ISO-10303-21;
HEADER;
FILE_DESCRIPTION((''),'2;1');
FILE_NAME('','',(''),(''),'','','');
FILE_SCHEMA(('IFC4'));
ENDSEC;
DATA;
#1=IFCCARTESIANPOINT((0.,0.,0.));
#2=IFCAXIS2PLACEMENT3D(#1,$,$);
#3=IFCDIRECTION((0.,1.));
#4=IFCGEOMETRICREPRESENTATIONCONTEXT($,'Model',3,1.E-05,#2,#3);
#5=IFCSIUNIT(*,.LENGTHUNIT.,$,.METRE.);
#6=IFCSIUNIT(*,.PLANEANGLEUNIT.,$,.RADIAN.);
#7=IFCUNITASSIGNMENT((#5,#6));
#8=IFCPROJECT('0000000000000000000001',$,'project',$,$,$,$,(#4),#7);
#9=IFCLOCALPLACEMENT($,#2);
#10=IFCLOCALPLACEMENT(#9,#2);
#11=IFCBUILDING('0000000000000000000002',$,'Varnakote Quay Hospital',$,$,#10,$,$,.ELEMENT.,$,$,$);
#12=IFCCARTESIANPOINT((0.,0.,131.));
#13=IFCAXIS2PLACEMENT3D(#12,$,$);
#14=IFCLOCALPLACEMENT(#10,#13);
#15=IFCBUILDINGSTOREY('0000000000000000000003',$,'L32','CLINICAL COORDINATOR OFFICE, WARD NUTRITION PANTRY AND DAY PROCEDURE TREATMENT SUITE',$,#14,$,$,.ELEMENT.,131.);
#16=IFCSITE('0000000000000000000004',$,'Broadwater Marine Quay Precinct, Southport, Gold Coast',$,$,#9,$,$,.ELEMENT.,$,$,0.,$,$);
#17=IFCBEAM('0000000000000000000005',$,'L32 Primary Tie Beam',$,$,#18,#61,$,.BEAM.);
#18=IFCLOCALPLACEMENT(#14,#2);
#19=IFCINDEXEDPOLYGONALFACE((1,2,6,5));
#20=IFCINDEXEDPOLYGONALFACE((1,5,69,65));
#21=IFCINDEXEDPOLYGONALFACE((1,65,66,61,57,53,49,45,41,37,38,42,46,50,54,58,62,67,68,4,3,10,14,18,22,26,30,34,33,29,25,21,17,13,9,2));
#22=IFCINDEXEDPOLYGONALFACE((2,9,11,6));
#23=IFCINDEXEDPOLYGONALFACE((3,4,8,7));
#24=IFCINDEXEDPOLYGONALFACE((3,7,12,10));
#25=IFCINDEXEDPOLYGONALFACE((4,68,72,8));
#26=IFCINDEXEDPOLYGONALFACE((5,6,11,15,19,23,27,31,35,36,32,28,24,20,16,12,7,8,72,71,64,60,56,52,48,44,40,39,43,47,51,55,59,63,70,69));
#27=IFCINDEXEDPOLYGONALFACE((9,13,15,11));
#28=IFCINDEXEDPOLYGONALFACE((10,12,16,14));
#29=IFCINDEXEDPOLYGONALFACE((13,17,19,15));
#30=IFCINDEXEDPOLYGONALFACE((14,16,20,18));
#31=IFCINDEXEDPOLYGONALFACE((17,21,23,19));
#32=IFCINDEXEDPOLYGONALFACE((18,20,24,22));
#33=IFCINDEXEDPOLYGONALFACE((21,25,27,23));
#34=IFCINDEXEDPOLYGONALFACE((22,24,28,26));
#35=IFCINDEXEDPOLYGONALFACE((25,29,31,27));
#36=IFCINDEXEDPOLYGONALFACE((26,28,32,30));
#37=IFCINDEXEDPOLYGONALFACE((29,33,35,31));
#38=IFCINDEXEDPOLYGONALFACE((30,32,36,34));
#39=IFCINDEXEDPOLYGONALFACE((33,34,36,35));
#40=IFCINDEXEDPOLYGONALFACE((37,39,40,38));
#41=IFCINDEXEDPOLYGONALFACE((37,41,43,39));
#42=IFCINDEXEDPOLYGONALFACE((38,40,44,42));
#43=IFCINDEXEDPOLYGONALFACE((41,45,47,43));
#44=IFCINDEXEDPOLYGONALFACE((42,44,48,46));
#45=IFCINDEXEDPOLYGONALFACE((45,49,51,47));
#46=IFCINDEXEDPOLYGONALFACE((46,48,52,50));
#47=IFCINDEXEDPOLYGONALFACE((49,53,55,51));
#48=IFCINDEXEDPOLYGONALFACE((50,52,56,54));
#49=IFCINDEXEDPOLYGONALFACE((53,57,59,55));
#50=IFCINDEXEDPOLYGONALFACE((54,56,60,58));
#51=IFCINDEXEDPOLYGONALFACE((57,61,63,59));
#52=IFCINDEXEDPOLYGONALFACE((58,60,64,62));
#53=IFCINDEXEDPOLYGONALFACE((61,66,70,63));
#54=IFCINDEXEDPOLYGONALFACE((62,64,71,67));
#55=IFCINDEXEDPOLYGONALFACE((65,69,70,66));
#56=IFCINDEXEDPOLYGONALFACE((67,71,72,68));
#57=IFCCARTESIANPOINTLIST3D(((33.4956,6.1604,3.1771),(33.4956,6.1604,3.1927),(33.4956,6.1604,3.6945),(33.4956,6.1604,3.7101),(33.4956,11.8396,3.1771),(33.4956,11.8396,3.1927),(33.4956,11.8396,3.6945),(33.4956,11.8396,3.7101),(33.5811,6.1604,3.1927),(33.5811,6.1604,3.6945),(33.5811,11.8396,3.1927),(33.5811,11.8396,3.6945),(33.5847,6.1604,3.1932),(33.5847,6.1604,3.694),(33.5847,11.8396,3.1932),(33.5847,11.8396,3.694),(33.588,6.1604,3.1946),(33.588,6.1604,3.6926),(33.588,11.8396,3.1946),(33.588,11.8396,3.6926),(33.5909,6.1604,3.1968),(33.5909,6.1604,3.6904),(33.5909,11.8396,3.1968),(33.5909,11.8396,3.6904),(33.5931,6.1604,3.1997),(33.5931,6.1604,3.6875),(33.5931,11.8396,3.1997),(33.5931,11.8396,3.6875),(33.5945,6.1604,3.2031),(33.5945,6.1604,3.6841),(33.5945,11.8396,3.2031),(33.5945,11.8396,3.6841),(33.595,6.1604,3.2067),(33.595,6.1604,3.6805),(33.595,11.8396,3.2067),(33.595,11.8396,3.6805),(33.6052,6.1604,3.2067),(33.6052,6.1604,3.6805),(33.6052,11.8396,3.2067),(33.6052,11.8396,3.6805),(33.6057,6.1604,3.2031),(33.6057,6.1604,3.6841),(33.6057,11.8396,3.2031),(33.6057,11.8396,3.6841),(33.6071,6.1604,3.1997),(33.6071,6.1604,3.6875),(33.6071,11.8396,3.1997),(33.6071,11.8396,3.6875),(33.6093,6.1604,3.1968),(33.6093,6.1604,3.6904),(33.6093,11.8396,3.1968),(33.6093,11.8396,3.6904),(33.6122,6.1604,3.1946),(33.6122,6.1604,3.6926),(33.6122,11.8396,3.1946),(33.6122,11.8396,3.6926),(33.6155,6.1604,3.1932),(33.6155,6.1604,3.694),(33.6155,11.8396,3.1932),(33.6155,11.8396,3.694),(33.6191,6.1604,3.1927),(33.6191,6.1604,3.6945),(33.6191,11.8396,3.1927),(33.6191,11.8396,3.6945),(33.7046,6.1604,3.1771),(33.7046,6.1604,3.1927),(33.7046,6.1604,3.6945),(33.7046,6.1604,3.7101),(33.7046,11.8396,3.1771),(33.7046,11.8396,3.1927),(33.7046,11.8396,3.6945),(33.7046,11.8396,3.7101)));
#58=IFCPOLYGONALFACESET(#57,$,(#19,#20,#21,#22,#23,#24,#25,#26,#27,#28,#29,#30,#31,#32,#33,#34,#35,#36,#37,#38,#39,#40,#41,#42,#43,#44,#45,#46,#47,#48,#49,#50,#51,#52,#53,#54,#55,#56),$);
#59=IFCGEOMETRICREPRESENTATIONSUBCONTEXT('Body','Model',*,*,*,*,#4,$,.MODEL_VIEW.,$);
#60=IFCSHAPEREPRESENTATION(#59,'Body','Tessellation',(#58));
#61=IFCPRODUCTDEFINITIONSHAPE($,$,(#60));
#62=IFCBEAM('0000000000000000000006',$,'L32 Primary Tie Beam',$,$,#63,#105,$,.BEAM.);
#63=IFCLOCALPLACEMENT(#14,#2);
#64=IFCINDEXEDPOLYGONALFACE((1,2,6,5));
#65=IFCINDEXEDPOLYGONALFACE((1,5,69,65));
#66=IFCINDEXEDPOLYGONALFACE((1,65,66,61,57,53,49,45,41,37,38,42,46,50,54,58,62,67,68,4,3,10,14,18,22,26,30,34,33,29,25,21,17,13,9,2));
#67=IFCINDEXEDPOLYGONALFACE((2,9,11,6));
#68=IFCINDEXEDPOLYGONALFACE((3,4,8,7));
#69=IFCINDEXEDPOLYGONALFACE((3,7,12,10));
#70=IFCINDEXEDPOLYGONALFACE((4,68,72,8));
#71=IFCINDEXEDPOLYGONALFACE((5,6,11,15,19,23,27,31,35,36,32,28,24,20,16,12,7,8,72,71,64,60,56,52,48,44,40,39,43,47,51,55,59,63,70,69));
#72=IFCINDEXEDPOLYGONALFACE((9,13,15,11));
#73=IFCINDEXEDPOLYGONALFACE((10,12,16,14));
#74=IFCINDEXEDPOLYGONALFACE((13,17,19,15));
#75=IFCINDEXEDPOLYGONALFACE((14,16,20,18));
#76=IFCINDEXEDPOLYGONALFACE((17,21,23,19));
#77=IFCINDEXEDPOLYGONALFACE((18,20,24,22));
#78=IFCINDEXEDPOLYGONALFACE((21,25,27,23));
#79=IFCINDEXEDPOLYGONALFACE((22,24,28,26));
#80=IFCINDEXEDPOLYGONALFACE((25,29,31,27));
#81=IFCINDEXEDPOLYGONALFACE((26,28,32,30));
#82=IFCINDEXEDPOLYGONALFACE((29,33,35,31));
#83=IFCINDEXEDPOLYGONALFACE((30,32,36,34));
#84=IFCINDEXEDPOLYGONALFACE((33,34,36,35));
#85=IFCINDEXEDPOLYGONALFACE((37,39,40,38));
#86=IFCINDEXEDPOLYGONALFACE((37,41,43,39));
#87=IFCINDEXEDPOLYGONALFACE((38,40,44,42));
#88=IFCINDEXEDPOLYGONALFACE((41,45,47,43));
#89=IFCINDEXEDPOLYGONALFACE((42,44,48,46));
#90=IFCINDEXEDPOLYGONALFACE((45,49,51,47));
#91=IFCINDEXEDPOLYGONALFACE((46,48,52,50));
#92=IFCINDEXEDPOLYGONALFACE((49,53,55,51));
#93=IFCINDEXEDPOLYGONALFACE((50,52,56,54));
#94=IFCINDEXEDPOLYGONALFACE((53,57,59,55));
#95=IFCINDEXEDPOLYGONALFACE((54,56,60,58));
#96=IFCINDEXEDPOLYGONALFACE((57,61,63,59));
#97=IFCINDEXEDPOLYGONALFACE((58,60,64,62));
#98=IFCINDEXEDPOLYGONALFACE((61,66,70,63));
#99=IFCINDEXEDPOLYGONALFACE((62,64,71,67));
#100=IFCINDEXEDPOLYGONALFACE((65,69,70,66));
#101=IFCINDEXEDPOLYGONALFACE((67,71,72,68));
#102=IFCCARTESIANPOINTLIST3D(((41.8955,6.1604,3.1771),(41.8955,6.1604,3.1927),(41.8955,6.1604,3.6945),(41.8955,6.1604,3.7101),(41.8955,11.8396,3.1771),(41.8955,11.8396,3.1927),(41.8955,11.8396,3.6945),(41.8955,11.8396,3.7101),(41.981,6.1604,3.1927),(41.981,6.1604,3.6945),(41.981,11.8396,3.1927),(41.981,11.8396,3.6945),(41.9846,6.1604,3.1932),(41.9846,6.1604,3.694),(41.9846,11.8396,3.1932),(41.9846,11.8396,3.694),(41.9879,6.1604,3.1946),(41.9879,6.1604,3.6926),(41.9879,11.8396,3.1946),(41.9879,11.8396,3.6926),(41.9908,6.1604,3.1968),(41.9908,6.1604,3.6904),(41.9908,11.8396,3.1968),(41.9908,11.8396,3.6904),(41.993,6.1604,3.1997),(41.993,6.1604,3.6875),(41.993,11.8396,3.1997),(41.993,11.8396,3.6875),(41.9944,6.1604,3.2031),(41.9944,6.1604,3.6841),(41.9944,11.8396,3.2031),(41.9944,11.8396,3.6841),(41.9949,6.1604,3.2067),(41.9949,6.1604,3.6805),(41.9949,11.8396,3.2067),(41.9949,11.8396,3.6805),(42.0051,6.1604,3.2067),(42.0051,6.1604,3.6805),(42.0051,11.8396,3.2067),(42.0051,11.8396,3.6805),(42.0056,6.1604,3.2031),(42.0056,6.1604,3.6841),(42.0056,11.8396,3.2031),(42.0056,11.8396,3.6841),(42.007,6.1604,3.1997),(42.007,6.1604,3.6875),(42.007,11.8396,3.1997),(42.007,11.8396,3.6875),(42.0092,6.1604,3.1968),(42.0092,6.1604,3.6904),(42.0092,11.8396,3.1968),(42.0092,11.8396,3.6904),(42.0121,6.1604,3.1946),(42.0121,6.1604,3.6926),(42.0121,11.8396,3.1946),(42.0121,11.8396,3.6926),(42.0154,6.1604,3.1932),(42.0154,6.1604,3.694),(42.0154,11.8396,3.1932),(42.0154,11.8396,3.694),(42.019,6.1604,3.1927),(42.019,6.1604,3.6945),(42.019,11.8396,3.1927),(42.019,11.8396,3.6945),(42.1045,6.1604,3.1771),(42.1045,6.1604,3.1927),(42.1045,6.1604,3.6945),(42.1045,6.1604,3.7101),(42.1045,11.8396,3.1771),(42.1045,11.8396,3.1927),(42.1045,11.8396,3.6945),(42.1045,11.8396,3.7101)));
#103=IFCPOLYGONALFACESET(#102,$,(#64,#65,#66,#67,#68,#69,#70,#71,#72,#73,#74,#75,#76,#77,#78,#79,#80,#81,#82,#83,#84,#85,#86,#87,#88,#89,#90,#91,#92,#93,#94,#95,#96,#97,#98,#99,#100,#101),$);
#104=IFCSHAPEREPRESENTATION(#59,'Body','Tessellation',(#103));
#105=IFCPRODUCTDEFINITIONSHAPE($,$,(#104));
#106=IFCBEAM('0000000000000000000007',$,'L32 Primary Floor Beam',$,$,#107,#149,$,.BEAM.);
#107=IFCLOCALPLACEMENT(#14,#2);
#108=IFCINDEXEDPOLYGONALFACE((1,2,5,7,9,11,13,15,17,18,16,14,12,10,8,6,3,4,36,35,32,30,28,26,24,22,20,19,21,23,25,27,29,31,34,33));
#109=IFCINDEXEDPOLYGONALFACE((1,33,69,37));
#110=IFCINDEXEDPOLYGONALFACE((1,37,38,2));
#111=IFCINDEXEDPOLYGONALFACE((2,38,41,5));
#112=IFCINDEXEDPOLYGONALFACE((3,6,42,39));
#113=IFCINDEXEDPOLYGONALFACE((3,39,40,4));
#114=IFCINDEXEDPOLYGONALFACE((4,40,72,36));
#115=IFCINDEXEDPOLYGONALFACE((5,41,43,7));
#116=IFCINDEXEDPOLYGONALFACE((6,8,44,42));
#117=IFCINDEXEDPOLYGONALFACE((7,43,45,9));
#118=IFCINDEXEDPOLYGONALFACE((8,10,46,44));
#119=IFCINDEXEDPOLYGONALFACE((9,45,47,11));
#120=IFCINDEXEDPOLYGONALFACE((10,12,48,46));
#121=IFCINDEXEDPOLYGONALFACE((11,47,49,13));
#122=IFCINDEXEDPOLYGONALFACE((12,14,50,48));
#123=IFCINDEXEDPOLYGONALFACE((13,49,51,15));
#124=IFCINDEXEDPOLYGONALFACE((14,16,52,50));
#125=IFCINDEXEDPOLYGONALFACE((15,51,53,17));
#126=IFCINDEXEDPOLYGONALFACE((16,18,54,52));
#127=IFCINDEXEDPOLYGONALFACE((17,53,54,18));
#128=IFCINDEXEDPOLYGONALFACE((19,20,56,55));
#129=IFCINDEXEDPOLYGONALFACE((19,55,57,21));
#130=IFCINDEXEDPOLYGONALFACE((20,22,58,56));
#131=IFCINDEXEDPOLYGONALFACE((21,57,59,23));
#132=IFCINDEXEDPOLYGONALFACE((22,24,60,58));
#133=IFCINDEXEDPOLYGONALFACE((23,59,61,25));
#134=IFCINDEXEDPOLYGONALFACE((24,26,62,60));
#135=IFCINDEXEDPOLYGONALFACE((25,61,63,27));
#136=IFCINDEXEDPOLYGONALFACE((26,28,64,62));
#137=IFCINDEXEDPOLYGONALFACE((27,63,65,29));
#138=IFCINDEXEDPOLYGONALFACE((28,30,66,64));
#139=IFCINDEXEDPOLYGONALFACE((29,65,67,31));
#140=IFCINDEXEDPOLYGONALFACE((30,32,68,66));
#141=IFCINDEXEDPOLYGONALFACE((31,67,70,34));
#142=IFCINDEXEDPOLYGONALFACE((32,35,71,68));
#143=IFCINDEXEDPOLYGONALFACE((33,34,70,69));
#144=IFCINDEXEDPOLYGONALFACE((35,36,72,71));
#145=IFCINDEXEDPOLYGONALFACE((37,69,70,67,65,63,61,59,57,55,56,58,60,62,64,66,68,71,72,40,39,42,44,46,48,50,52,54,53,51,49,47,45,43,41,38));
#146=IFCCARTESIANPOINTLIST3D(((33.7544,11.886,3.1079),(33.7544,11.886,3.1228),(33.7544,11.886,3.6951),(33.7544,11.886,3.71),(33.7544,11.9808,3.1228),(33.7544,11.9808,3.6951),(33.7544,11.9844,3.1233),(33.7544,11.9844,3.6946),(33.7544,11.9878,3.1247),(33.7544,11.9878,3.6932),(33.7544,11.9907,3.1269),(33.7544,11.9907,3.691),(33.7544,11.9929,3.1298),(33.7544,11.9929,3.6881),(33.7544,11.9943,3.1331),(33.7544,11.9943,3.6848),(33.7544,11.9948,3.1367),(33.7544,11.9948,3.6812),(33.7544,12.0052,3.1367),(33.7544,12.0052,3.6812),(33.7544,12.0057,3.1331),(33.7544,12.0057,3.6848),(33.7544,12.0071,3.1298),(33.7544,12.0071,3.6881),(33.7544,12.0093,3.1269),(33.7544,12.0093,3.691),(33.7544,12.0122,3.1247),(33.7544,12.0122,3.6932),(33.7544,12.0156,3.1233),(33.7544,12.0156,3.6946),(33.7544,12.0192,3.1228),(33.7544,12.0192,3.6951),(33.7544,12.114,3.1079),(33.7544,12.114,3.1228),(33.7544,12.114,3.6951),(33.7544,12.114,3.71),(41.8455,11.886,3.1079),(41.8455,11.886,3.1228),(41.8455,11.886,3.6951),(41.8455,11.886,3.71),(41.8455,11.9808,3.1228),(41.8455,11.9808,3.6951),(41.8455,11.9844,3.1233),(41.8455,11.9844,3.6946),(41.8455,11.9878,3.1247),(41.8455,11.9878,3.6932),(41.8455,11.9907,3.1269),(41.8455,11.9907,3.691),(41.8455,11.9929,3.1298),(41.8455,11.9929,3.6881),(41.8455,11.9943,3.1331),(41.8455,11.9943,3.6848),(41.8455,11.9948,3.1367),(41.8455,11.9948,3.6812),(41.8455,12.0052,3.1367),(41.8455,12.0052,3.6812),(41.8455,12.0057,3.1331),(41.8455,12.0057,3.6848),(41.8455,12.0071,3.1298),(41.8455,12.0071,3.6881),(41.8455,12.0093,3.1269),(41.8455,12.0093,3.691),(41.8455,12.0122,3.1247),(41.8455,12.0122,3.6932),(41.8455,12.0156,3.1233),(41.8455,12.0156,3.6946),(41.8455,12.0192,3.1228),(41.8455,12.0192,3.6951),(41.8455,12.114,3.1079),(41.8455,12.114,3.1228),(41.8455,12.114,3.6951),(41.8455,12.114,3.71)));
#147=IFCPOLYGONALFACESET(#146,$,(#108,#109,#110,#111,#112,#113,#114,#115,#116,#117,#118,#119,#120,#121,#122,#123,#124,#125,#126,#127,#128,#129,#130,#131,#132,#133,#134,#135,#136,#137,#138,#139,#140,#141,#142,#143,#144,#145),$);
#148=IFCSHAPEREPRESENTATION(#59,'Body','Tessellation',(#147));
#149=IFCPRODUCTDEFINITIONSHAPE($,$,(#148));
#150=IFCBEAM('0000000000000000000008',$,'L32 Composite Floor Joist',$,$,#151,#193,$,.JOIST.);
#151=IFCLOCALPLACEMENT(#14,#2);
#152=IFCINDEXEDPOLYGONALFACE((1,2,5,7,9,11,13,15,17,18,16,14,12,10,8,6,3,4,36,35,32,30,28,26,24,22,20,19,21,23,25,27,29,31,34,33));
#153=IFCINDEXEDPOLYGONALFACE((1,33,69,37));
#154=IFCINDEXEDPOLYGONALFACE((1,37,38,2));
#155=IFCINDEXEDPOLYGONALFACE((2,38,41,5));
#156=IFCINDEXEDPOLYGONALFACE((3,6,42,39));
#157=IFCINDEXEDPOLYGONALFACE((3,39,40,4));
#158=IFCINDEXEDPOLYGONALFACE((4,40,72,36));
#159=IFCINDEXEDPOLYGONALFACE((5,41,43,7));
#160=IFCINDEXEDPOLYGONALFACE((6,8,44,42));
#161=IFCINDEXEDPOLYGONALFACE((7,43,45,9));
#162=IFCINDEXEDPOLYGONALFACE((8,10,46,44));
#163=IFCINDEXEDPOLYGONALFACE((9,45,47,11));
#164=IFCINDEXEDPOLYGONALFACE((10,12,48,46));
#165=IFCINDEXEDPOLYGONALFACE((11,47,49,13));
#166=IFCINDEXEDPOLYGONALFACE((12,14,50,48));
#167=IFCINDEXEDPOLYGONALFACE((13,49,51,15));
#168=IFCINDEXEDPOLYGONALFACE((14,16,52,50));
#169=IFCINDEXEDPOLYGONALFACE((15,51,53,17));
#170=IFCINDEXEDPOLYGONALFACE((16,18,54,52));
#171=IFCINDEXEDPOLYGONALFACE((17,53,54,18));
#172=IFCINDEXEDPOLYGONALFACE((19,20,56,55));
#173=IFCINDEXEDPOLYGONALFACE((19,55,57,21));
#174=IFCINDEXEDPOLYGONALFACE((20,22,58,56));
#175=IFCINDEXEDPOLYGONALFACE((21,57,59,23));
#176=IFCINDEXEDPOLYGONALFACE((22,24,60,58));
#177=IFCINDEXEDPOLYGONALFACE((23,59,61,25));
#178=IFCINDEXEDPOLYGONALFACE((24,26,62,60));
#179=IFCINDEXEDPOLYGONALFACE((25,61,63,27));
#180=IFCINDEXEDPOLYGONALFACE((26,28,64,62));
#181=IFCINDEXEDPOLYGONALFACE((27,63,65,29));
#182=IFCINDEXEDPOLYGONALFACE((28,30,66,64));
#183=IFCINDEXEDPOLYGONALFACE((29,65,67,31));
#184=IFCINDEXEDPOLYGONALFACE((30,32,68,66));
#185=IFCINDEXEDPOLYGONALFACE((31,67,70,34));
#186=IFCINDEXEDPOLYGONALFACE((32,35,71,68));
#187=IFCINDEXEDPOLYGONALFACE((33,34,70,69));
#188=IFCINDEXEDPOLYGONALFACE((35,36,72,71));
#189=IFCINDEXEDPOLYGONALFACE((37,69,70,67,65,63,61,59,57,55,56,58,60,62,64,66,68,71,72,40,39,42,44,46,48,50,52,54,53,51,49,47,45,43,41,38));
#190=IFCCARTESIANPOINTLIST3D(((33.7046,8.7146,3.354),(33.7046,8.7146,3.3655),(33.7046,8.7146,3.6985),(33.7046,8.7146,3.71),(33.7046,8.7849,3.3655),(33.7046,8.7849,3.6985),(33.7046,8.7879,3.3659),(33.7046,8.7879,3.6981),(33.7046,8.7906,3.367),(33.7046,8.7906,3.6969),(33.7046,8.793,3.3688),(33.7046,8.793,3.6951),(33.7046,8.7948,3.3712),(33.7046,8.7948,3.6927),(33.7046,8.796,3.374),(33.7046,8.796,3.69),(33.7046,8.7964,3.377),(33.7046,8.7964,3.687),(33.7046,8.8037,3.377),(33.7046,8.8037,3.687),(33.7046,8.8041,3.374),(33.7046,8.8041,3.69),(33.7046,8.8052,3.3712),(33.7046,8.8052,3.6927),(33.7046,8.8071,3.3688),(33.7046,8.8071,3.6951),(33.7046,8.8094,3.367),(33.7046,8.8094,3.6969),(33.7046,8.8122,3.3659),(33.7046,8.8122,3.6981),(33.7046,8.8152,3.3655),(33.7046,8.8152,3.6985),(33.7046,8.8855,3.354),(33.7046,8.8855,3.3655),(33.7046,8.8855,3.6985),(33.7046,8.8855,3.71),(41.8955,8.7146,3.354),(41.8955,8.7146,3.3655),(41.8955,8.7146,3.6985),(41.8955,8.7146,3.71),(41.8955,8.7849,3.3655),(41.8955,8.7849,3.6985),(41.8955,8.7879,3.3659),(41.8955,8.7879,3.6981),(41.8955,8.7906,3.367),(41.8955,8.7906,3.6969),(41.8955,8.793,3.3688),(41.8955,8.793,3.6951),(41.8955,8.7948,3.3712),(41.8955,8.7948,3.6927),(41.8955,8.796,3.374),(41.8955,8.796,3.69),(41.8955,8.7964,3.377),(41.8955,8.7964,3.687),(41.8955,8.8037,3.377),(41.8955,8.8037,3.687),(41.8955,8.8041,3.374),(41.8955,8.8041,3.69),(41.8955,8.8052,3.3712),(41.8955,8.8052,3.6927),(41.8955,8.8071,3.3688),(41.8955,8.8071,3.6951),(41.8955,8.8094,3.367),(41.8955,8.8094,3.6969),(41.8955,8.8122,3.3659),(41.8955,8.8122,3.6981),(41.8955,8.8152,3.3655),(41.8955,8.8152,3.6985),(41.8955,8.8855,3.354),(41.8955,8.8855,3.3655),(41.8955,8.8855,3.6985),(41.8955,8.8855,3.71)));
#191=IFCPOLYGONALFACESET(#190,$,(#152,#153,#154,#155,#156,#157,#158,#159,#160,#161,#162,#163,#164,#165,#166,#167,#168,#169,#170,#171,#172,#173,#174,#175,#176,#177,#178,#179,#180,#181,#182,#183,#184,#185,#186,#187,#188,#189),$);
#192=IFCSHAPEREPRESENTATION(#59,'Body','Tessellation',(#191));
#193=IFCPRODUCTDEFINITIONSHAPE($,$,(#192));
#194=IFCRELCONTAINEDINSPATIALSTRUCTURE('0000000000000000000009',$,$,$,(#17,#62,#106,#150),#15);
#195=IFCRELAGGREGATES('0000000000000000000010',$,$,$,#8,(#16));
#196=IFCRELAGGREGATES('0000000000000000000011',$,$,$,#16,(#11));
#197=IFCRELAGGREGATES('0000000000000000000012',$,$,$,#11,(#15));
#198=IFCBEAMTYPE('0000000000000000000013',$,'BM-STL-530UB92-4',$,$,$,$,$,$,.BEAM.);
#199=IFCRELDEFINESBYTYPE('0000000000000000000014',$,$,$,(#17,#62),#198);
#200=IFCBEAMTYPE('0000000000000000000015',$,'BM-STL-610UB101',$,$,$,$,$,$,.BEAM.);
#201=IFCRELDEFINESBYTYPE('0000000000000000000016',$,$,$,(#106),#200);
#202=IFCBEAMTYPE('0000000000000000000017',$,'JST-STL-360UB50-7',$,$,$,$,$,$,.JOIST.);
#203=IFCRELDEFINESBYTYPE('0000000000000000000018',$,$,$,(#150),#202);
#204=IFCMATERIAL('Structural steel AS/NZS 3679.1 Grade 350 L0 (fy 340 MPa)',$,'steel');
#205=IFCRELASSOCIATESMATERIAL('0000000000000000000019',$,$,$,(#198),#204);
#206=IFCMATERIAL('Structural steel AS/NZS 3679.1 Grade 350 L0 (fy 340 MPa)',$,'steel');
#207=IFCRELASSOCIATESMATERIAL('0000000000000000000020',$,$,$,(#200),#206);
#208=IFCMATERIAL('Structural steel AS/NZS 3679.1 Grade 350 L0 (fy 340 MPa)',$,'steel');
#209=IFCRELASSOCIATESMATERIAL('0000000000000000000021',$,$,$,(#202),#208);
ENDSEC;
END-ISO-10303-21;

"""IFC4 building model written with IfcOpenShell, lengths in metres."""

from ifc_helpers import new_model, si_unit, direction, frame, origin, origin_2d, place, context, subcontext, project, spatial, i_section, extrude, material, material_profile, profile_set, type_object, element, save


model = new_model("IFC4")

# Units and contexts
model_context = context("Model", 3, precision=1e-05, world=origin(), true_north=direction((0.0, 1.0)))
body_context = subcontext(model_context, "Body", "Model", "MODEL_VIEW")
ifc_project = project(units=[si_unit("LENGTHUNIT", "METRE"), si_unit("PLANEANGLEUNIT", "RADIAN")], contexts=[model_context])

# Site, building, storey
site_placement = place(None, origin())
site = spatial("IfcSite", under=ifc_project, at=site_placement, Name="Broadwater Marine Quay Precinct, Southport, Gold Coast", CompositionType="ELEMENT", RefElevation=0.0)
building_placement = place(site_placement, origin())
building = spatial("IfcBuilding", under=site, at=building_placement, Name="Varnakote Quay Hospital", CompositionType="ELEMENT")
storey_placement = place(building_placement, frame((0.0, 0.0, 131.0)))
storey = spatial("IfcBuildingStorey", under=building, at=storey_placement, Name="L32", Description="CLINICAL COORDINATOR OFFICE, WARD NUTRITION PANTRY AND DAY PROCEDURE TREATMENT SUITE", CompositionType="ELEMENT", Elevation=131.0)

# Beams
ifc_material_1 = material(Name="Structural steel AS/NZS 3679.1 Grade 350 L0 (fy 340 MPa)", Category="steel")
ifc_material_profile_1 = material_profile(ifc_material_1, i_section(OverallWidth=0.209, OverallDepth=0.533, WebThickness=0.0103, FlangeThickness=0.0156, FilletRadius=0.0139, at=origin_2d()), Name="530UB92.4")
ifc_profile_set_1 = profile_set([ifc_material_profile_1], Name="Structural steel AS/NZS 3679.1 Grade 350 L0 (fy 340 MPa)")
beam_type_1 = type_object("IfcBeamType", Name="BM-STL-530UB92-4", PredefinedType="BEAM", material=ifc_profile_set_1)
for number, where, z_axis, x_axis, name in (
    (1, (33.6001, 6.1604, 3.4436), (0.0, 1.0, 0.0), (-1.0, 0.0, 0.0), "L32 Primary Tie Beam"),
    (2, (42.0, 6.1604, 3.4436), (0.0, 1.0, 0.0), (-1.0, 0.0, 0.0), "L32 Primary Tie Beam"),
):
    element("IfcBeam", number, at=place(storey_placement, frame(where, z_axis=z_axis, x_axis=x_axis)), inside=storey, type_object=beam_type_1, Name=name, PredefinedType="BEAM", context=body_context, shape_type="SweptSolid", body=[
        extrude(i_section(OverallWidth=0.209, OverallDepth=0.533, WebThickness=0.0103, FlangeThickness=0.0156, FilletRadius=0.0139, at=origin_2d()), origin(), (0.0, 0.0, 1.0), 5.6792),
    ])
ifc_material_2 = material(Name="Structural steel AS/NZS 3679.1 Grade 350 L0 (fy 340 MPa)", Category="steel")
ifc_material_profile_2 = material_profile(ifc_material_2, i_section(OverallWidth=0.228, OverallDepth=0.6021, WebThickness=0.0105, FlangeThickness=0.0149, FilletRadius=0.0139, at=origin_2d()), Name="610UB101")
ifc_profile_set_2 = profile_set([ifc_material_profile_2], Name="Structural steel AS/NZS 3679.1 Grade 350 L0 (fy 340 MPa)")
beam_type_2 = type_object("IfcBeamType", Name="BM-STL-610UB101", PredefinedType="BEAM", material=ifc_profile_set_2)
beam_1_placement = place(storey_placement, frame((33.7544, 12.0, 3.4089), z_axis=(1.0, 0.0, 0.0), x_axis=(0.0, 1.0, 0.0)))
element("IfcBeam", 3, at=beam_1_placement, inside=storey, type_object=beam_type_2, Name="L32 Primary Floor Beam", PredefinedType="BEAM", context=body_context, shape_type="SweptSolid", body=[
    extrude(i_section(OverallWidth=0.228, OverallDepth=0.6021, WebThickness=0.0105, FlangeThickness=0.0149, FilletRadius=0.0139, at=origin_2d()), origin(), (0.0, 0.0, 1.0), 8.0911),
])
ifc_material_3 = material(Name="Structural steel AS/NZS 3679.1 Grade 350 L0 (fy 340 MPa)", Category="steel")
ifc_material_profile_3 = material_profile(ifc_material_3, i_section(OverallWidth=0.1709, OverallDepth=0.356, WebThickness=0.0073, FlangeThickness=0.0115, FilletRadius=0.0115, at=origin_2d()), Name="360UB50.7")
ifc_profile_set_3 = profile_set([ifc_material_profile_3], Name="Structural steel AS/NZS 3679.1 Grade 350 L0 (fy 340 MPa)")
beam_type_3 = type_object("IfcBeamType", Name="JST-STL-360UB50-7", PredefinedType="JOIST", material=ifc_profile_set_3)
beam_2_placement = place(storey_placement, frame((33.7046, 8.8, 3.532), z_axis=(1.0, 0.0, 0.0), x_axis=(0.0, 1.0, 0.0)))
element("IfcBeam", 4, at=beam_2_placement, inside=storey, type_object=beam_type_3, Name="L32 Composite Floor Joist", PredefinedType="JOIST", context=body_context, shape_type="SweptSolid", body=[
    extrude(i_section(OverallWidth=0.1709, OverallDepth=0.356, WebThickness=0.0073, FlangeThickness=0.0115, FilletRadius=0.0115, at=origin_2d()), origin(), (0.0, 0.0, 1.0), 8.1909),
])

save(model, "model.ifc")
